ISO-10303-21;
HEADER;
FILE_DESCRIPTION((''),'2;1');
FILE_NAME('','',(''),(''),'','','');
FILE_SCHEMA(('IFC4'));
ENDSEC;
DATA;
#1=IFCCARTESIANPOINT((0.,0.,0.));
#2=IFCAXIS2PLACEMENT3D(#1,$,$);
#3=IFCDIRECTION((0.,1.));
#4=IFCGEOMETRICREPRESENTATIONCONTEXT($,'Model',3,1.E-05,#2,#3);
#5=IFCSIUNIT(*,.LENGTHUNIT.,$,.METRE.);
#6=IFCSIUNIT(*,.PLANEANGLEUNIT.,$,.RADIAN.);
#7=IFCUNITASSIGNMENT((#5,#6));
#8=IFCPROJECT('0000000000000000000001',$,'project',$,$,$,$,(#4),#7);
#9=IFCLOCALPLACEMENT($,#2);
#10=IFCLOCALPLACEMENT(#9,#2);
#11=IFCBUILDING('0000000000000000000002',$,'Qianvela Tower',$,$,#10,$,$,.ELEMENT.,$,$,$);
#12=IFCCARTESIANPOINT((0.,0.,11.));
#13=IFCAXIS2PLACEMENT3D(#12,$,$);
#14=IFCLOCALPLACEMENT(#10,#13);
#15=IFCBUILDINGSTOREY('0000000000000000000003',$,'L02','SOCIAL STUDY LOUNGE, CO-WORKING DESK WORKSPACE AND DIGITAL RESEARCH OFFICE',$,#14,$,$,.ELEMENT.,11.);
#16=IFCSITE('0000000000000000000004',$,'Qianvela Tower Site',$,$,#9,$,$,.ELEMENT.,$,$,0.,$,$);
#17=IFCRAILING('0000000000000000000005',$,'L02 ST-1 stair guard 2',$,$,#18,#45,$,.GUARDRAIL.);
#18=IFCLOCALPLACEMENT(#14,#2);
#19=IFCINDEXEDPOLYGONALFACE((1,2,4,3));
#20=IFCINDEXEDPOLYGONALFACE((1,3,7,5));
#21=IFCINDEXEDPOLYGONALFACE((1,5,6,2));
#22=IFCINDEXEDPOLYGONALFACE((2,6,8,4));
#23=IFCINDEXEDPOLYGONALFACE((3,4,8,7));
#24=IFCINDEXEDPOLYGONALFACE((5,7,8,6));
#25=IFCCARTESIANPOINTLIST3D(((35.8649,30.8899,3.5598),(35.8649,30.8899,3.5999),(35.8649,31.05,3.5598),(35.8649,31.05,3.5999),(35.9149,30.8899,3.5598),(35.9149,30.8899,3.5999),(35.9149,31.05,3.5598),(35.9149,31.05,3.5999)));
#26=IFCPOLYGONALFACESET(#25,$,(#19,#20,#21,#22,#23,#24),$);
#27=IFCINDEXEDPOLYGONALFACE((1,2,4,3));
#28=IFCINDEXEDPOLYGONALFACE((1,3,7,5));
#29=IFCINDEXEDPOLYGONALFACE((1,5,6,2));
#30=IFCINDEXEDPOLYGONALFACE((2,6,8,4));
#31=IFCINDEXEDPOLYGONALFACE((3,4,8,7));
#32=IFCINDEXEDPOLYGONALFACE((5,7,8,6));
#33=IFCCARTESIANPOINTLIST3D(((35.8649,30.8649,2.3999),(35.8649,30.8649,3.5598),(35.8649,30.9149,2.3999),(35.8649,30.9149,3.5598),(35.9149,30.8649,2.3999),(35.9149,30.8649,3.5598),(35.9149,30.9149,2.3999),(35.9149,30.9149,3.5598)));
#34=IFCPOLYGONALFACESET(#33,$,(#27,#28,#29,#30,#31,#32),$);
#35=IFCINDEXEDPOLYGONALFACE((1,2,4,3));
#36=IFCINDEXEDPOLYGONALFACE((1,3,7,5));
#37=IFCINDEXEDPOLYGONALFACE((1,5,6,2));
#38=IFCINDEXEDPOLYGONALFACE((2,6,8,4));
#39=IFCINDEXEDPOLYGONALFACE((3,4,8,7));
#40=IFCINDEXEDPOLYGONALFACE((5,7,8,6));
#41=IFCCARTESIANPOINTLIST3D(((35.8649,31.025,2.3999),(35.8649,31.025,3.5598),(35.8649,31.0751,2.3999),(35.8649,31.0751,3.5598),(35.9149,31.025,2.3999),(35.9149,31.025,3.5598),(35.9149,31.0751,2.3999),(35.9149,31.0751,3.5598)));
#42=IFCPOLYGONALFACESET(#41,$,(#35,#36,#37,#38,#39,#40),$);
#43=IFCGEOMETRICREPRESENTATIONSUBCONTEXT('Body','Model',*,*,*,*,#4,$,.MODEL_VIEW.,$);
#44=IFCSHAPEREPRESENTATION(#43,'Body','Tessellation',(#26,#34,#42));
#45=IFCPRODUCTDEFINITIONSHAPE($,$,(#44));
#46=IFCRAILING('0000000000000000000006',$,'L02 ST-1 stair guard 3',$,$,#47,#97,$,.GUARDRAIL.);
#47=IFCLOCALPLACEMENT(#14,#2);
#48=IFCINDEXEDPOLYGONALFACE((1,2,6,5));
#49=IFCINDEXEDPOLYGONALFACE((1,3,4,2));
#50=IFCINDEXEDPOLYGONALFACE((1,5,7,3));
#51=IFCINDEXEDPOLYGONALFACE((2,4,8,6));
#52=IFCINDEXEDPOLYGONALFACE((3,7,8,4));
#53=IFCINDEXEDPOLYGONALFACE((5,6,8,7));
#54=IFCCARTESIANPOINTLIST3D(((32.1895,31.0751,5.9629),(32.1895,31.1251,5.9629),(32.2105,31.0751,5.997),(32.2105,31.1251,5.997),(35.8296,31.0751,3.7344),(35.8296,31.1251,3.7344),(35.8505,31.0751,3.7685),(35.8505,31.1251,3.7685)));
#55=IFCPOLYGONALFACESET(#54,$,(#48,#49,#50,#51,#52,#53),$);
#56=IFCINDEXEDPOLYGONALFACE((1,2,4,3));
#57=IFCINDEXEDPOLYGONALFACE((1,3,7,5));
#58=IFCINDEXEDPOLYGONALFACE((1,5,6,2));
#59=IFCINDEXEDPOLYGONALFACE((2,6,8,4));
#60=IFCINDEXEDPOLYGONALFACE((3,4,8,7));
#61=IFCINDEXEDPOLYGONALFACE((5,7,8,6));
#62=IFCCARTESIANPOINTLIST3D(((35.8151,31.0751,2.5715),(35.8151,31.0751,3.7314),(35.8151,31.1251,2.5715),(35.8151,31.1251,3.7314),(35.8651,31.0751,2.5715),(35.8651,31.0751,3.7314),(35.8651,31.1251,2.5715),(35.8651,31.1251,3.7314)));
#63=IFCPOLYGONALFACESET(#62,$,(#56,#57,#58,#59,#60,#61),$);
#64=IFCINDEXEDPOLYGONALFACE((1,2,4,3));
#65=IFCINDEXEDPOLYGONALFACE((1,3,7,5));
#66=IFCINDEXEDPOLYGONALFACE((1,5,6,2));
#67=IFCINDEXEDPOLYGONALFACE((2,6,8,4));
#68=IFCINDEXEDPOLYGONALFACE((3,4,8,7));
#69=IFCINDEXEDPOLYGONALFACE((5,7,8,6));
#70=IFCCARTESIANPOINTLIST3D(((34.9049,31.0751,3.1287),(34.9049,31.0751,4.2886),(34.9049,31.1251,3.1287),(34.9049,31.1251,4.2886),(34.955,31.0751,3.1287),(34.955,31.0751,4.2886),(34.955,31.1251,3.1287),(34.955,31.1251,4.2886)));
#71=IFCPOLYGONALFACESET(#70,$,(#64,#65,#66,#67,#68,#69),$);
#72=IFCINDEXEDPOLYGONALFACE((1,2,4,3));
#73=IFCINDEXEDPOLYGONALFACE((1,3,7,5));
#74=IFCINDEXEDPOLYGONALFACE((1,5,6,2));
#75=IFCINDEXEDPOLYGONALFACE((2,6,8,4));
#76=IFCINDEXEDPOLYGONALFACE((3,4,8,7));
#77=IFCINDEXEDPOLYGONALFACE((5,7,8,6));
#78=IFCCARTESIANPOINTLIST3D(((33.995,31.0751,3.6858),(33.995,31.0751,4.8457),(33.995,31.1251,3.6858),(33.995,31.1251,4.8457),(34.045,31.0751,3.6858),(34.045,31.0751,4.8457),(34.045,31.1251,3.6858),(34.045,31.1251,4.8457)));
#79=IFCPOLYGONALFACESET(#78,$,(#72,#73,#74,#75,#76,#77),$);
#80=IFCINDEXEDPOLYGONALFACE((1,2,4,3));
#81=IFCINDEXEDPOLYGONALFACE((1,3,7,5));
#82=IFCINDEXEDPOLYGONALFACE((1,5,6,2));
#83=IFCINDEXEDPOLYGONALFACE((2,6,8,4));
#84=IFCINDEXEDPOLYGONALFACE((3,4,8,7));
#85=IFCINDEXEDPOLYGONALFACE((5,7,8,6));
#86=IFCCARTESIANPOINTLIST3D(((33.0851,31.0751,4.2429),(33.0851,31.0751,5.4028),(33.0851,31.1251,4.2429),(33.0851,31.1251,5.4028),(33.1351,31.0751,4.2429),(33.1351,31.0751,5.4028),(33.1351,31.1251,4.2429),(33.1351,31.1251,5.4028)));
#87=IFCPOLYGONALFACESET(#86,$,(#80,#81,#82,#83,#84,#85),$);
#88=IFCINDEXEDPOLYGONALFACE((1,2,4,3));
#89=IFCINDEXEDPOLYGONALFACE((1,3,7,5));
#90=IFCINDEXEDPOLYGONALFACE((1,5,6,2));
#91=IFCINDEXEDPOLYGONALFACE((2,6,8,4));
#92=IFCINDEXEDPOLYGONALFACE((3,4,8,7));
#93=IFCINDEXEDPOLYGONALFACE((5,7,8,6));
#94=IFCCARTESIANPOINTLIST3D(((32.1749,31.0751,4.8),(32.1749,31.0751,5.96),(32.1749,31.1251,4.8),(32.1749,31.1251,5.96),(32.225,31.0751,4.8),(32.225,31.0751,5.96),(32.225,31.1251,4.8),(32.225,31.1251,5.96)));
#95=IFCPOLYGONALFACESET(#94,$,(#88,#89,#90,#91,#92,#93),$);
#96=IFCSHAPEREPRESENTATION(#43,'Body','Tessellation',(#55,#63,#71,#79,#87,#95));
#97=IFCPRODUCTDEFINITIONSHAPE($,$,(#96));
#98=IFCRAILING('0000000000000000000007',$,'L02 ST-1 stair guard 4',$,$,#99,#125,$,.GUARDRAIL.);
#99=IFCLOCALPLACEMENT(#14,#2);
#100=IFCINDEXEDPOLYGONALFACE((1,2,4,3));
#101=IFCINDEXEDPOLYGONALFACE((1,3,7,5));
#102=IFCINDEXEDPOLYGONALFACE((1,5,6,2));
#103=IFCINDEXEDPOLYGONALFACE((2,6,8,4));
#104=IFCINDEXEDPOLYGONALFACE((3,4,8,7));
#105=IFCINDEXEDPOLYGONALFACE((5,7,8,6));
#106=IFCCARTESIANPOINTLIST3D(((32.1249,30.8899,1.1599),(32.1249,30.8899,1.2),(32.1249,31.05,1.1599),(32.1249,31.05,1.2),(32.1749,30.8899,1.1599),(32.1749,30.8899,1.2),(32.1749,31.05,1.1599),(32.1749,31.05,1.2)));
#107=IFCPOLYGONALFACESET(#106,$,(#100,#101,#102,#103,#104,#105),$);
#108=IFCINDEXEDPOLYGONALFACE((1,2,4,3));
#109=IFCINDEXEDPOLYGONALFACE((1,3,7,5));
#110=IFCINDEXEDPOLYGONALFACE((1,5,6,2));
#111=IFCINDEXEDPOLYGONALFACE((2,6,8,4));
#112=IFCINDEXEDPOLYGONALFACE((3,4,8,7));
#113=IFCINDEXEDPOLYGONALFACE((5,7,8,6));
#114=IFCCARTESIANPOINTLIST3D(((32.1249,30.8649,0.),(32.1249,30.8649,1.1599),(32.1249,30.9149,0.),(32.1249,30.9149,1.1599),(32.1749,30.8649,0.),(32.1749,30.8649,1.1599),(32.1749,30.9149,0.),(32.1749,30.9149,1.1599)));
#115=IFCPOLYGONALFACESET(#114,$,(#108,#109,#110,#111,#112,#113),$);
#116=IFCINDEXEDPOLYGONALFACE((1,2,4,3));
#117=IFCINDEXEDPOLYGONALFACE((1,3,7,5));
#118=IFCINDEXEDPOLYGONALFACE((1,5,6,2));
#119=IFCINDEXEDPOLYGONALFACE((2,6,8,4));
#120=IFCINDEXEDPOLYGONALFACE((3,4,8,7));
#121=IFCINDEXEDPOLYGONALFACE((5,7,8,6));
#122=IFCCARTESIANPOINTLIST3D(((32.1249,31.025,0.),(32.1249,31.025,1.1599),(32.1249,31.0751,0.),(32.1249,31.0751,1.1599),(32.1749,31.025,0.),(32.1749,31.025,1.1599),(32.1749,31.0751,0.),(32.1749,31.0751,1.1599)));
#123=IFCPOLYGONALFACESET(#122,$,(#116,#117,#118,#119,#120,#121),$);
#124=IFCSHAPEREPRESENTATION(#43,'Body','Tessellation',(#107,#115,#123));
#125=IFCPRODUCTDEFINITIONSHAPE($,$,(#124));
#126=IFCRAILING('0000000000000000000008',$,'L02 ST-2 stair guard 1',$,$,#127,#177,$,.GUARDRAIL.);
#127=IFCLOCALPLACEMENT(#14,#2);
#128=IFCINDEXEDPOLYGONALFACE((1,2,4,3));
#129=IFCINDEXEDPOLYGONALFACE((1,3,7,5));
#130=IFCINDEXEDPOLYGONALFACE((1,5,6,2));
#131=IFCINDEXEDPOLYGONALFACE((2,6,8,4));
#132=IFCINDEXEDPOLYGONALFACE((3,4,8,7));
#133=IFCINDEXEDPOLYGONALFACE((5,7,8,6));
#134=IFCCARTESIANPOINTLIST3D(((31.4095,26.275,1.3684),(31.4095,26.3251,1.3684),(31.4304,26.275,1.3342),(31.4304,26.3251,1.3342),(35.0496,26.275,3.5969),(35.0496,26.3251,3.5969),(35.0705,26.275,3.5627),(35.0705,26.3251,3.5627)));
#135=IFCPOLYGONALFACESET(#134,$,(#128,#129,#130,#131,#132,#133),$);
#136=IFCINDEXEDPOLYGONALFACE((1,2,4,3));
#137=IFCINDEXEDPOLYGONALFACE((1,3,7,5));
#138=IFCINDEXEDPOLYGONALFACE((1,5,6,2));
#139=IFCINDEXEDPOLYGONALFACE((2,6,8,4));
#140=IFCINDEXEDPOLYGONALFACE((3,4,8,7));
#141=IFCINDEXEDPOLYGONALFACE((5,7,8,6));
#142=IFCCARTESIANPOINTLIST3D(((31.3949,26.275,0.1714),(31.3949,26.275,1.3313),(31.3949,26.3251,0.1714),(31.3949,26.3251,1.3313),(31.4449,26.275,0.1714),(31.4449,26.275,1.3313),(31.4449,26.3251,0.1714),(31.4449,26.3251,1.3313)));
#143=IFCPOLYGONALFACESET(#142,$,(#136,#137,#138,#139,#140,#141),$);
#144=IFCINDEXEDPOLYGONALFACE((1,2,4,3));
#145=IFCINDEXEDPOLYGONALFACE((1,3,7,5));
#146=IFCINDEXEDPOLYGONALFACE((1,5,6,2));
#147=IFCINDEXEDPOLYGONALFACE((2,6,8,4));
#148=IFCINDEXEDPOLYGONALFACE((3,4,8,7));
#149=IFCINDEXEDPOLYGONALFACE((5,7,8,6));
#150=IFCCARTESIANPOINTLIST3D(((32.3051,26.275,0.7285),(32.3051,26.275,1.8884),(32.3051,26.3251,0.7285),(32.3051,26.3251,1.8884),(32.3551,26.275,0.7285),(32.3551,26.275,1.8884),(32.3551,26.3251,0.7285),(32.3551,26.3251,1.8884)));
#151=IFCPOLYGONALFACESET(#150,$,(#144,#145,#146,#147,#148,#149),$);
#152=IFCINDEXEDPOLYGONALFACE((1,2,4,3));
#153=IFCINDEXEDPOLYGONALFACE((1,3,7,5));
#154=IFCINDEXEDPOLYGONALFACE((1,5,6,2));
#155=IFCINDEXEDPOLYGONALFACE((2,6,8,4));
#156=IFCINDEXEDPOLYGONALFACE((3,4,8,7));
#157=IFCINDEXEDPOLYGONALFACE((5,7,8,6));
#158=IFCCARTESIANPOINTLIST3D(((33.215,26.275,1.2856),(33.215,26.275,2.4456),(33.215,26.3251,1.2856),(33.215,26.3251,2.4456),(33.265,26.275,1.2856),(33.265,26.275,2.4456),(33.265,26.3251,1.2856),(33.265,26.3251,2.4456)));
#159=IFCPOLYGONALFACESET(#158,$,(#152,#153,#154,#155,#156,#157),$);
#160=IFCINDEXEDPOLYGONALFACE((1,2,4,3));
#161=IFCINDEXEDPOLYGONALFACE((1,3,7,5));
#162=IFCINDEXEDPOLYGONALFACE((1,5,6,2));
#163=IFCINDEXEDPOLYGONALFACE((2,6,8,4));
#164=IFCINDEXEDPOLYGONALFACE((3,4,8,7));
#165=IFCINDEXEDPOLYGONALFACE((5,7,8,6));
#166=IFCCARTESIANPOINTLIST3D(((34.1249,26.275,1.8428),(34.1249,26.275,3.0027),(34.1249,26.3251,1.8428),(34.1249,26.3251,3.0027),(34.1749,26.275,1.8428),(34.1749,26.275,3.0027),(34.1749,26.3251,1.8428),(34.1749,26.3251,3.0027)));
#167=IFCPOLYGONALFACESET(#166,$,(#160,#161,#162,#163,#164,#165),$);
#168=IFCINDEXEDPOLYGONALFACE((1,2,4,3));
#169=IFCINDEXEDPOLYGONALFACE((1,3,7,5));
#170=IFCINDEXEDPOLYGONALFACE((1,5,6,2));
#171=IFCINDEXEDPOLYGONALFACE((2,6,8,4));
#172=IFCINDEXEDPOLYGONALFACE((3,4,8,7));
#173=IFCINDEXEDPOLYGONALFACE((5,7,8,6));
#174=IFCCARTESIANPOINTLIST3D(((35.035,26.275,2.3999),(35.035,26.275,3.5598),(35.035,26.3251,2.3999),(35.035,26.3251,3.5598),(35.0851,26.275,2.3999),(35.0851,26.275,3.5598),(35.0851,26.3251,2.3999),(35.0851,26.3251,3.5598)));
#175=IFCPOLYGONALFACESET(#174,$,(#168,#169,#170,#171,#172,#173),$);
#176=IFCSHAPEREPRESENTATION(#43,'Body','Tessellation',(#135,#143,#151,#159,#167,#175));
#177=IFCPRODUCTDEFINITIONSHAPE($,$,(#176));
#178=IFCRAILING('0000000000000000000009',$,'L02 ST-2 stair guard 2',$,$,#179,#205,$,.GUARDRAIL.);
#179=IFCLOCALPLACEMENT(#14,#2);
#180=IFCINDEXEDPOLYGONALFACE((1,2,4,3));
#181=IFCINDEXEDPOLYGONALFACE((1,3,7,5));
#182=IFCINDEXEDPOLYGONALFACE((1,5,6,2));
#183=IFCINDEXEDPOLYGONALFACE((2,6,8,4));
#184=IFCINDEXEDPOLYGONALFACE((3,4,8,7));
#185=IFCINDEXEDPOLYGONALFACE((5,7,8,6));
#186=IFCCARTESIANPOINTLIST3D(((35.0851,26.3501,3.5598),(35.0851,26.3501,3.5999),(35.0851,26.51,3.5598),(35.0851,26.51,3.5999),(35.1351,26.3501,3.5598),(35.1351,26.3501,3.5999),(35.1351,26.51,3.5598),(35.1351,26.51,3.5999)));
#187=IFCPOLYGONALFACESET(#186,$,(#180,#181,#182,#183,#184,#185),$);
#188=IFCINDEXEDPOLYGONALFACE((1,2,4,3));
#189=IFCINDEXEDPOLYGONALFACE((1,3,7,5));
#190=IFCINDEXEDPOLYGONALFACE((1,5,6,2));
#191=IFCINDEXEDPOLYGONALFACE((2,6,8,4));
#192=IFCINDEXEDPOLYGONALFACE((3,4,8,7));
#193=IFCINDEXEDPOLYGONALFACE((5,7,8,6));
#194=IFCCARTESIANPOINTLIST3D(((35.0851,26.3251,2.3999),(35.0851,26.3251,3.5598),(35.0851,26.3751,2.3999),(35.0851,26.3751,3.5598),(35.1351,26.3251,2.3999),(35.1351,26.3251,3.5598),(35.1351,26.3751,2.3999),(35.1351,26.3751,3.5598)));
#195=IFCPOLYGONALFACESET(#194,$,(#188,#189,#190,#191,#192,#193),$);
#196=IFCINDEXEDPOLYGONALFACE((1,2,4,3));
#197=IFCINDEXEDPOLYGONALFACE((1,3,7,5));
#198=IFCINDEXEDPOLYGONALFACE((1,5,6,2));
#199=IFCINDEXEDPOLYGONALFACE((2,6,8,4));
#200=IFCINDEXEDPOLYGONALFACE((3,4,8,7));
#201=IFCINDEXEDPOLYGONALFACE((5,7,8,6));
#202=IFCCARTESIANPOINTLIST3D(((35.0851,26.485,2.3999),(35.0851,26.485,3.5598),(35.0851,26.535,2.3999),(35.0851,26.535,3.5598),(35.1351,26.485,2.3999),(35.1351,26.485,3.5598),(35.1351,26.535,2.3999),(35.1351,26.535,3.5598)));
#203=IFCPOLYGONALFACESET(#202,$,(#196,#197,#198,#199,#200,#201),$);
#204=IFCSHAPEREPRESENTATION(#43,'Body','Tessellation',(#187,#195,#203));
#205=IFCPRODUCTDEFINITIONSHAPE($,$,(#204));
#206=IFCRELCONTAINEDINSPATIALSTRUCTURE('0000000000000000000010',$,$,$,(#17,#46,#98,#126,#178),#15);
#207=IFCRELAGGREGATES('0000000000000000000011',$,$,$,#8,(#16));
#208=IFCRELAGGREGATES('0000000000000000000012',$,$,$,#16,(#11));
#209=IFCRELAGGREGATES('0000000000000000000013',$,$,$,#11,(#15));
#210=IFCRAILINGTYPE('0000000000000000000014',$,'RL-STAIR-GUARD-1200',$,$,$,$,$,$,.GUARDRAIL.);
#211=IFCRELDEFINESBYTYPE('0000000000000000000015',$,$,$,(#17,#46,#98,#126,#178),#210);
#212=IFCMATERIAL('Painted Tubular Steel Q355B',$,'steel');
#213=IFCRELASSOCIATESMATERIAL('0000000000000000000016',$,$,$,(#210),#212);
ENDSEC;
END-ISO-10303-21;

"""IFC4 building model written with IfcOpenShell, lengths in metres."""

from ifc_helpers import new_model, si_unit, direction, frame, origin, origin_2d, place, context, subcontext, project, spatial, rectangle, extrude, material, type_object, element, save


model = new_model("IFC4")

# Units and contexts
model_context = context("Model", 3, precision=1e-05, world=origin(), true_north=direction((0.0, 1.0)))
body_context = subcontext(model_context, "Body", "Model", "MODEL_VIEW")
ifc_project = project(units=[si_unit("LENGTHUNIT", "METRE"), si_unit("PLANEANGLEUNIT", "RADIAN")], contexts=[model_context])

# Site, building, storey
site_placement = place(None, origin())
site = spatial("IfcSite", under=ifc_project, at=site_placement, Name="Qianvela Tower Site", CompositionType="ELEMENT", RefElevation=0.0)
building_placement = place(site_placement, origin())
building = spatial("IfcBuilding", under=site, at=building_placement, Name="Qianvela Tower", CompositionType="ELEMENT")
storey_placement = place(building_placement, frame((0.0, 0.0, 11.0)))
storey = spatial("IfcBuildingStorey", under=building, at=storey_placement, Name="L02", Description="SOCIAL STUDY LOUNGE, CO-WORKING DESK WORKSPACE AND DIGITAL RESEARCH OFFICE", CompositionType="ELEMENT", Elevation=11.0)

# Railings
ifc_material_1 = material(Name="Painted Tubular Steel Q355B", Category="steel")
railing_type_1 = type_object("IfcRailingType", Name="RL-STAIR-GUARD-1200", PredefinedType="GUARDRAIL", material=ifc_material_1)
railing_1_placement = place(storey_placement, frame((35.8899, 30.8899, 2.3999)))
element("IfcRailing", 1, at=railing_1_placement, inside=storey, type_object=railing_type_1, Name="L02 ST-1 stair guard 2", PredefinedType="GUARDRAIL", context=body_context, shape_type="SweptSolid", body=[
    extrude(rectangle(XDim=0.05, YDim=0.04, at=origin_2d()), frame((0.0, 0.0, 1.1799), z_axis=(0.0, 1.0, 0.0), x_axis=(-1.0, 0.0, 0.0)), (0.0, 0.0, 1.0), 0.1602),
    extrude(rectangle(XDim=0.05, YDim=0.05, at=origin_2d()), origin(), (0.0, 0.0, 1.0), 1.1599),
    extrude(rectangle(XDim=0.05, YDim=0.05, at=origin_2d()), frame((0.0, 0.1602, 0.0)), (0.0, 0.0, 1.0), 1.1599),
])
railing_2_placement = place(storey_placement, frame((35.8401, 31.1001, 2.5715)))
element("IfcRailing", 2, at=railing_2_placement, inside=storey, type_object=railing_type_1, Name="L02 ST-1 stair guard 3", PredefinedType="GUARDRAIL", context=body_context, shape_type="SweptSolid", body=[
    extrude(rectangle(XDim=0.05, YDim=0.04, at=origin_2d()), frame((0.0, 0.0, 1.1799), z_axis=(-0.852866, 0.0, 0.52213), x_axis=(0.0, -1.0, 0.0)), (0.0, 0.0, 1.0), 4.2681),
    extrude(rectangle(XDim=0.05, YDim=0.05, at=origin_2d()), origin(), (0.0, 0.0, 1.0), 1.1599),
    extrude(rectangle(XDim=0.05, YDim=0.05, at=origin_2d()), frame((-0.9102, 0.0, 0.5571)), (0.0, 0.0, 1.0), 1.1599),
    extrude(rectangle(XDim=0.05, YDim=0.05, at=origin_2d()), frame((-1.8201, 0.0, 1.1143)), (0.0, 0.0, 1.0), 1.1599),
    extrude(rectangle(XDim=0.05, YDim=0.05, at=origin_2d()), frame((-2.73, 0.0, 1.6714)), (0.0, 0.0, 1.0), 1.1599),
    extrude(rectangle(XDim=0.05, YDim=0.05, at=origin_2d()), frame((-3.6401, 0.0, 2.2285)), (0.0, 0.0, 1.0), 1.1599),
])
railing_3_placement = place(storey_placement, frame((32.1499, 30.8899, 0.0)))
element("IfcRailing", 3, at=railing_3_placement, inside=storey, type_object=railing_type_1, Name="L02 ST-1 stair guard 4", PredefinedType="GUARDRAIL", context=body_context, shape_type="SweptSolid", body=[
    extrude(rectangle(XDim=0.05, YDim=0.04, at=origin_2d()), frame((0.0, 0.0, 1.1799), z_axis=(0.0, 1.0, 0.0), x_axis=(-1.0, 0.0, 0.0)), (0.0, 0.0, 1.0), 0.1602),
    extrude(rectangle(XDim=0.05, YDim=0.05, at=origin_2d()), origin(), (0.0, 0.0, 1.0), 1.1599),
    extrude(rectangle(XDim=0.05, YDim=0.05, at=origin_2d()), frame((0.0, 0.1602, 0.0)), (0.0, 0.0, 1.0), 1.1599),
])
railing_4_placement = place(storey_placement, frame((31.4199, 26.3, 0.1714)))
element("IfcRailing", 4, at=railing_4_placement, inside=storey, type_object=railing_type_1, Name="L02 ST-2 stair guard 1", PredefinedType="GUARDRAIL", context=body_context, shape_type="SweptSolid", body=[
    extrude(rectangle(XDim=0.05, YDim=0.04, at=origin_2d()), frame((0.0, 0.0, 1.1799), z_axis=(0.852866, 0.0, 0.52213), x_axis=(0.0, 1.0, 0.0)), (0.0, 0.0, 1.0), 4.2681),
    extrude(rectangle(XDim=0.05, YDim=0.05, at=origin_2d()), origin(), (0.0, 0.0, 1.0), 1.1599),
    extrude(rectangle(XDim=0.05, YDim=0.05, at=origin_2d()), frame((0.9102, 0.0, 0.5571)), (0.0, 0.0, 1.0), 1.1599),
    extrude(rectangle(XDim=0.05, YDim=0.05, at=origin_2d()), frame((1.8201, 0.0, 1.1143)), (0.0, 0.0, 1.0), 1.1599),
    extrude(rectangle(XDim=0.05, YDim=0.05, at=origin_2d()), frame((2.73, 0.0, 1.6714)), (0.0, 0.0, 1.0), 1.1599),
    extrude(rectangle(XDim=0.05, YDim=0.05, at=origin_2d()), frame((3.6401, 0.0, 2.2285)), (0.0, 0.0, 1.0), 1.1599),
])
railing_5_placement = place(storey_placement, frame((35.1101, 26.3501, 2.3999)))
element("IfcRailing", 5, at=railing_5_placement, inside=storey, type_object=railing_type_1, Name="L02 ST-2 stair guard 2", PredefinedType="GUARDRAIL", context=body_context, shape_type="SweptSolid", body=[
    extrude(rectangle(XDim=0.05, YDim=0.04, at=origin_2d()), frame((0.0, 0.0, 1.1799), z_axis=(0.0, 1.0, 0.0), x_axis=(-1.0, 0.0, 0.0)), (0.0, 0.0, 1.0), 0.1599),
    extrude(rectangle(XDim=0.05, YDim=0.05, at=origin_2d()), origin(), (0.0, 0.0, 1.0), 1.1599),
    extrude(rectangle(XDim=0.05, YDim=0.05, at=origin_2d()), frame((0.0, 0.1599, 0.0)), (0.0, 0.0, 1.0), 1.1599),
])

save(model, "model.ifc")
